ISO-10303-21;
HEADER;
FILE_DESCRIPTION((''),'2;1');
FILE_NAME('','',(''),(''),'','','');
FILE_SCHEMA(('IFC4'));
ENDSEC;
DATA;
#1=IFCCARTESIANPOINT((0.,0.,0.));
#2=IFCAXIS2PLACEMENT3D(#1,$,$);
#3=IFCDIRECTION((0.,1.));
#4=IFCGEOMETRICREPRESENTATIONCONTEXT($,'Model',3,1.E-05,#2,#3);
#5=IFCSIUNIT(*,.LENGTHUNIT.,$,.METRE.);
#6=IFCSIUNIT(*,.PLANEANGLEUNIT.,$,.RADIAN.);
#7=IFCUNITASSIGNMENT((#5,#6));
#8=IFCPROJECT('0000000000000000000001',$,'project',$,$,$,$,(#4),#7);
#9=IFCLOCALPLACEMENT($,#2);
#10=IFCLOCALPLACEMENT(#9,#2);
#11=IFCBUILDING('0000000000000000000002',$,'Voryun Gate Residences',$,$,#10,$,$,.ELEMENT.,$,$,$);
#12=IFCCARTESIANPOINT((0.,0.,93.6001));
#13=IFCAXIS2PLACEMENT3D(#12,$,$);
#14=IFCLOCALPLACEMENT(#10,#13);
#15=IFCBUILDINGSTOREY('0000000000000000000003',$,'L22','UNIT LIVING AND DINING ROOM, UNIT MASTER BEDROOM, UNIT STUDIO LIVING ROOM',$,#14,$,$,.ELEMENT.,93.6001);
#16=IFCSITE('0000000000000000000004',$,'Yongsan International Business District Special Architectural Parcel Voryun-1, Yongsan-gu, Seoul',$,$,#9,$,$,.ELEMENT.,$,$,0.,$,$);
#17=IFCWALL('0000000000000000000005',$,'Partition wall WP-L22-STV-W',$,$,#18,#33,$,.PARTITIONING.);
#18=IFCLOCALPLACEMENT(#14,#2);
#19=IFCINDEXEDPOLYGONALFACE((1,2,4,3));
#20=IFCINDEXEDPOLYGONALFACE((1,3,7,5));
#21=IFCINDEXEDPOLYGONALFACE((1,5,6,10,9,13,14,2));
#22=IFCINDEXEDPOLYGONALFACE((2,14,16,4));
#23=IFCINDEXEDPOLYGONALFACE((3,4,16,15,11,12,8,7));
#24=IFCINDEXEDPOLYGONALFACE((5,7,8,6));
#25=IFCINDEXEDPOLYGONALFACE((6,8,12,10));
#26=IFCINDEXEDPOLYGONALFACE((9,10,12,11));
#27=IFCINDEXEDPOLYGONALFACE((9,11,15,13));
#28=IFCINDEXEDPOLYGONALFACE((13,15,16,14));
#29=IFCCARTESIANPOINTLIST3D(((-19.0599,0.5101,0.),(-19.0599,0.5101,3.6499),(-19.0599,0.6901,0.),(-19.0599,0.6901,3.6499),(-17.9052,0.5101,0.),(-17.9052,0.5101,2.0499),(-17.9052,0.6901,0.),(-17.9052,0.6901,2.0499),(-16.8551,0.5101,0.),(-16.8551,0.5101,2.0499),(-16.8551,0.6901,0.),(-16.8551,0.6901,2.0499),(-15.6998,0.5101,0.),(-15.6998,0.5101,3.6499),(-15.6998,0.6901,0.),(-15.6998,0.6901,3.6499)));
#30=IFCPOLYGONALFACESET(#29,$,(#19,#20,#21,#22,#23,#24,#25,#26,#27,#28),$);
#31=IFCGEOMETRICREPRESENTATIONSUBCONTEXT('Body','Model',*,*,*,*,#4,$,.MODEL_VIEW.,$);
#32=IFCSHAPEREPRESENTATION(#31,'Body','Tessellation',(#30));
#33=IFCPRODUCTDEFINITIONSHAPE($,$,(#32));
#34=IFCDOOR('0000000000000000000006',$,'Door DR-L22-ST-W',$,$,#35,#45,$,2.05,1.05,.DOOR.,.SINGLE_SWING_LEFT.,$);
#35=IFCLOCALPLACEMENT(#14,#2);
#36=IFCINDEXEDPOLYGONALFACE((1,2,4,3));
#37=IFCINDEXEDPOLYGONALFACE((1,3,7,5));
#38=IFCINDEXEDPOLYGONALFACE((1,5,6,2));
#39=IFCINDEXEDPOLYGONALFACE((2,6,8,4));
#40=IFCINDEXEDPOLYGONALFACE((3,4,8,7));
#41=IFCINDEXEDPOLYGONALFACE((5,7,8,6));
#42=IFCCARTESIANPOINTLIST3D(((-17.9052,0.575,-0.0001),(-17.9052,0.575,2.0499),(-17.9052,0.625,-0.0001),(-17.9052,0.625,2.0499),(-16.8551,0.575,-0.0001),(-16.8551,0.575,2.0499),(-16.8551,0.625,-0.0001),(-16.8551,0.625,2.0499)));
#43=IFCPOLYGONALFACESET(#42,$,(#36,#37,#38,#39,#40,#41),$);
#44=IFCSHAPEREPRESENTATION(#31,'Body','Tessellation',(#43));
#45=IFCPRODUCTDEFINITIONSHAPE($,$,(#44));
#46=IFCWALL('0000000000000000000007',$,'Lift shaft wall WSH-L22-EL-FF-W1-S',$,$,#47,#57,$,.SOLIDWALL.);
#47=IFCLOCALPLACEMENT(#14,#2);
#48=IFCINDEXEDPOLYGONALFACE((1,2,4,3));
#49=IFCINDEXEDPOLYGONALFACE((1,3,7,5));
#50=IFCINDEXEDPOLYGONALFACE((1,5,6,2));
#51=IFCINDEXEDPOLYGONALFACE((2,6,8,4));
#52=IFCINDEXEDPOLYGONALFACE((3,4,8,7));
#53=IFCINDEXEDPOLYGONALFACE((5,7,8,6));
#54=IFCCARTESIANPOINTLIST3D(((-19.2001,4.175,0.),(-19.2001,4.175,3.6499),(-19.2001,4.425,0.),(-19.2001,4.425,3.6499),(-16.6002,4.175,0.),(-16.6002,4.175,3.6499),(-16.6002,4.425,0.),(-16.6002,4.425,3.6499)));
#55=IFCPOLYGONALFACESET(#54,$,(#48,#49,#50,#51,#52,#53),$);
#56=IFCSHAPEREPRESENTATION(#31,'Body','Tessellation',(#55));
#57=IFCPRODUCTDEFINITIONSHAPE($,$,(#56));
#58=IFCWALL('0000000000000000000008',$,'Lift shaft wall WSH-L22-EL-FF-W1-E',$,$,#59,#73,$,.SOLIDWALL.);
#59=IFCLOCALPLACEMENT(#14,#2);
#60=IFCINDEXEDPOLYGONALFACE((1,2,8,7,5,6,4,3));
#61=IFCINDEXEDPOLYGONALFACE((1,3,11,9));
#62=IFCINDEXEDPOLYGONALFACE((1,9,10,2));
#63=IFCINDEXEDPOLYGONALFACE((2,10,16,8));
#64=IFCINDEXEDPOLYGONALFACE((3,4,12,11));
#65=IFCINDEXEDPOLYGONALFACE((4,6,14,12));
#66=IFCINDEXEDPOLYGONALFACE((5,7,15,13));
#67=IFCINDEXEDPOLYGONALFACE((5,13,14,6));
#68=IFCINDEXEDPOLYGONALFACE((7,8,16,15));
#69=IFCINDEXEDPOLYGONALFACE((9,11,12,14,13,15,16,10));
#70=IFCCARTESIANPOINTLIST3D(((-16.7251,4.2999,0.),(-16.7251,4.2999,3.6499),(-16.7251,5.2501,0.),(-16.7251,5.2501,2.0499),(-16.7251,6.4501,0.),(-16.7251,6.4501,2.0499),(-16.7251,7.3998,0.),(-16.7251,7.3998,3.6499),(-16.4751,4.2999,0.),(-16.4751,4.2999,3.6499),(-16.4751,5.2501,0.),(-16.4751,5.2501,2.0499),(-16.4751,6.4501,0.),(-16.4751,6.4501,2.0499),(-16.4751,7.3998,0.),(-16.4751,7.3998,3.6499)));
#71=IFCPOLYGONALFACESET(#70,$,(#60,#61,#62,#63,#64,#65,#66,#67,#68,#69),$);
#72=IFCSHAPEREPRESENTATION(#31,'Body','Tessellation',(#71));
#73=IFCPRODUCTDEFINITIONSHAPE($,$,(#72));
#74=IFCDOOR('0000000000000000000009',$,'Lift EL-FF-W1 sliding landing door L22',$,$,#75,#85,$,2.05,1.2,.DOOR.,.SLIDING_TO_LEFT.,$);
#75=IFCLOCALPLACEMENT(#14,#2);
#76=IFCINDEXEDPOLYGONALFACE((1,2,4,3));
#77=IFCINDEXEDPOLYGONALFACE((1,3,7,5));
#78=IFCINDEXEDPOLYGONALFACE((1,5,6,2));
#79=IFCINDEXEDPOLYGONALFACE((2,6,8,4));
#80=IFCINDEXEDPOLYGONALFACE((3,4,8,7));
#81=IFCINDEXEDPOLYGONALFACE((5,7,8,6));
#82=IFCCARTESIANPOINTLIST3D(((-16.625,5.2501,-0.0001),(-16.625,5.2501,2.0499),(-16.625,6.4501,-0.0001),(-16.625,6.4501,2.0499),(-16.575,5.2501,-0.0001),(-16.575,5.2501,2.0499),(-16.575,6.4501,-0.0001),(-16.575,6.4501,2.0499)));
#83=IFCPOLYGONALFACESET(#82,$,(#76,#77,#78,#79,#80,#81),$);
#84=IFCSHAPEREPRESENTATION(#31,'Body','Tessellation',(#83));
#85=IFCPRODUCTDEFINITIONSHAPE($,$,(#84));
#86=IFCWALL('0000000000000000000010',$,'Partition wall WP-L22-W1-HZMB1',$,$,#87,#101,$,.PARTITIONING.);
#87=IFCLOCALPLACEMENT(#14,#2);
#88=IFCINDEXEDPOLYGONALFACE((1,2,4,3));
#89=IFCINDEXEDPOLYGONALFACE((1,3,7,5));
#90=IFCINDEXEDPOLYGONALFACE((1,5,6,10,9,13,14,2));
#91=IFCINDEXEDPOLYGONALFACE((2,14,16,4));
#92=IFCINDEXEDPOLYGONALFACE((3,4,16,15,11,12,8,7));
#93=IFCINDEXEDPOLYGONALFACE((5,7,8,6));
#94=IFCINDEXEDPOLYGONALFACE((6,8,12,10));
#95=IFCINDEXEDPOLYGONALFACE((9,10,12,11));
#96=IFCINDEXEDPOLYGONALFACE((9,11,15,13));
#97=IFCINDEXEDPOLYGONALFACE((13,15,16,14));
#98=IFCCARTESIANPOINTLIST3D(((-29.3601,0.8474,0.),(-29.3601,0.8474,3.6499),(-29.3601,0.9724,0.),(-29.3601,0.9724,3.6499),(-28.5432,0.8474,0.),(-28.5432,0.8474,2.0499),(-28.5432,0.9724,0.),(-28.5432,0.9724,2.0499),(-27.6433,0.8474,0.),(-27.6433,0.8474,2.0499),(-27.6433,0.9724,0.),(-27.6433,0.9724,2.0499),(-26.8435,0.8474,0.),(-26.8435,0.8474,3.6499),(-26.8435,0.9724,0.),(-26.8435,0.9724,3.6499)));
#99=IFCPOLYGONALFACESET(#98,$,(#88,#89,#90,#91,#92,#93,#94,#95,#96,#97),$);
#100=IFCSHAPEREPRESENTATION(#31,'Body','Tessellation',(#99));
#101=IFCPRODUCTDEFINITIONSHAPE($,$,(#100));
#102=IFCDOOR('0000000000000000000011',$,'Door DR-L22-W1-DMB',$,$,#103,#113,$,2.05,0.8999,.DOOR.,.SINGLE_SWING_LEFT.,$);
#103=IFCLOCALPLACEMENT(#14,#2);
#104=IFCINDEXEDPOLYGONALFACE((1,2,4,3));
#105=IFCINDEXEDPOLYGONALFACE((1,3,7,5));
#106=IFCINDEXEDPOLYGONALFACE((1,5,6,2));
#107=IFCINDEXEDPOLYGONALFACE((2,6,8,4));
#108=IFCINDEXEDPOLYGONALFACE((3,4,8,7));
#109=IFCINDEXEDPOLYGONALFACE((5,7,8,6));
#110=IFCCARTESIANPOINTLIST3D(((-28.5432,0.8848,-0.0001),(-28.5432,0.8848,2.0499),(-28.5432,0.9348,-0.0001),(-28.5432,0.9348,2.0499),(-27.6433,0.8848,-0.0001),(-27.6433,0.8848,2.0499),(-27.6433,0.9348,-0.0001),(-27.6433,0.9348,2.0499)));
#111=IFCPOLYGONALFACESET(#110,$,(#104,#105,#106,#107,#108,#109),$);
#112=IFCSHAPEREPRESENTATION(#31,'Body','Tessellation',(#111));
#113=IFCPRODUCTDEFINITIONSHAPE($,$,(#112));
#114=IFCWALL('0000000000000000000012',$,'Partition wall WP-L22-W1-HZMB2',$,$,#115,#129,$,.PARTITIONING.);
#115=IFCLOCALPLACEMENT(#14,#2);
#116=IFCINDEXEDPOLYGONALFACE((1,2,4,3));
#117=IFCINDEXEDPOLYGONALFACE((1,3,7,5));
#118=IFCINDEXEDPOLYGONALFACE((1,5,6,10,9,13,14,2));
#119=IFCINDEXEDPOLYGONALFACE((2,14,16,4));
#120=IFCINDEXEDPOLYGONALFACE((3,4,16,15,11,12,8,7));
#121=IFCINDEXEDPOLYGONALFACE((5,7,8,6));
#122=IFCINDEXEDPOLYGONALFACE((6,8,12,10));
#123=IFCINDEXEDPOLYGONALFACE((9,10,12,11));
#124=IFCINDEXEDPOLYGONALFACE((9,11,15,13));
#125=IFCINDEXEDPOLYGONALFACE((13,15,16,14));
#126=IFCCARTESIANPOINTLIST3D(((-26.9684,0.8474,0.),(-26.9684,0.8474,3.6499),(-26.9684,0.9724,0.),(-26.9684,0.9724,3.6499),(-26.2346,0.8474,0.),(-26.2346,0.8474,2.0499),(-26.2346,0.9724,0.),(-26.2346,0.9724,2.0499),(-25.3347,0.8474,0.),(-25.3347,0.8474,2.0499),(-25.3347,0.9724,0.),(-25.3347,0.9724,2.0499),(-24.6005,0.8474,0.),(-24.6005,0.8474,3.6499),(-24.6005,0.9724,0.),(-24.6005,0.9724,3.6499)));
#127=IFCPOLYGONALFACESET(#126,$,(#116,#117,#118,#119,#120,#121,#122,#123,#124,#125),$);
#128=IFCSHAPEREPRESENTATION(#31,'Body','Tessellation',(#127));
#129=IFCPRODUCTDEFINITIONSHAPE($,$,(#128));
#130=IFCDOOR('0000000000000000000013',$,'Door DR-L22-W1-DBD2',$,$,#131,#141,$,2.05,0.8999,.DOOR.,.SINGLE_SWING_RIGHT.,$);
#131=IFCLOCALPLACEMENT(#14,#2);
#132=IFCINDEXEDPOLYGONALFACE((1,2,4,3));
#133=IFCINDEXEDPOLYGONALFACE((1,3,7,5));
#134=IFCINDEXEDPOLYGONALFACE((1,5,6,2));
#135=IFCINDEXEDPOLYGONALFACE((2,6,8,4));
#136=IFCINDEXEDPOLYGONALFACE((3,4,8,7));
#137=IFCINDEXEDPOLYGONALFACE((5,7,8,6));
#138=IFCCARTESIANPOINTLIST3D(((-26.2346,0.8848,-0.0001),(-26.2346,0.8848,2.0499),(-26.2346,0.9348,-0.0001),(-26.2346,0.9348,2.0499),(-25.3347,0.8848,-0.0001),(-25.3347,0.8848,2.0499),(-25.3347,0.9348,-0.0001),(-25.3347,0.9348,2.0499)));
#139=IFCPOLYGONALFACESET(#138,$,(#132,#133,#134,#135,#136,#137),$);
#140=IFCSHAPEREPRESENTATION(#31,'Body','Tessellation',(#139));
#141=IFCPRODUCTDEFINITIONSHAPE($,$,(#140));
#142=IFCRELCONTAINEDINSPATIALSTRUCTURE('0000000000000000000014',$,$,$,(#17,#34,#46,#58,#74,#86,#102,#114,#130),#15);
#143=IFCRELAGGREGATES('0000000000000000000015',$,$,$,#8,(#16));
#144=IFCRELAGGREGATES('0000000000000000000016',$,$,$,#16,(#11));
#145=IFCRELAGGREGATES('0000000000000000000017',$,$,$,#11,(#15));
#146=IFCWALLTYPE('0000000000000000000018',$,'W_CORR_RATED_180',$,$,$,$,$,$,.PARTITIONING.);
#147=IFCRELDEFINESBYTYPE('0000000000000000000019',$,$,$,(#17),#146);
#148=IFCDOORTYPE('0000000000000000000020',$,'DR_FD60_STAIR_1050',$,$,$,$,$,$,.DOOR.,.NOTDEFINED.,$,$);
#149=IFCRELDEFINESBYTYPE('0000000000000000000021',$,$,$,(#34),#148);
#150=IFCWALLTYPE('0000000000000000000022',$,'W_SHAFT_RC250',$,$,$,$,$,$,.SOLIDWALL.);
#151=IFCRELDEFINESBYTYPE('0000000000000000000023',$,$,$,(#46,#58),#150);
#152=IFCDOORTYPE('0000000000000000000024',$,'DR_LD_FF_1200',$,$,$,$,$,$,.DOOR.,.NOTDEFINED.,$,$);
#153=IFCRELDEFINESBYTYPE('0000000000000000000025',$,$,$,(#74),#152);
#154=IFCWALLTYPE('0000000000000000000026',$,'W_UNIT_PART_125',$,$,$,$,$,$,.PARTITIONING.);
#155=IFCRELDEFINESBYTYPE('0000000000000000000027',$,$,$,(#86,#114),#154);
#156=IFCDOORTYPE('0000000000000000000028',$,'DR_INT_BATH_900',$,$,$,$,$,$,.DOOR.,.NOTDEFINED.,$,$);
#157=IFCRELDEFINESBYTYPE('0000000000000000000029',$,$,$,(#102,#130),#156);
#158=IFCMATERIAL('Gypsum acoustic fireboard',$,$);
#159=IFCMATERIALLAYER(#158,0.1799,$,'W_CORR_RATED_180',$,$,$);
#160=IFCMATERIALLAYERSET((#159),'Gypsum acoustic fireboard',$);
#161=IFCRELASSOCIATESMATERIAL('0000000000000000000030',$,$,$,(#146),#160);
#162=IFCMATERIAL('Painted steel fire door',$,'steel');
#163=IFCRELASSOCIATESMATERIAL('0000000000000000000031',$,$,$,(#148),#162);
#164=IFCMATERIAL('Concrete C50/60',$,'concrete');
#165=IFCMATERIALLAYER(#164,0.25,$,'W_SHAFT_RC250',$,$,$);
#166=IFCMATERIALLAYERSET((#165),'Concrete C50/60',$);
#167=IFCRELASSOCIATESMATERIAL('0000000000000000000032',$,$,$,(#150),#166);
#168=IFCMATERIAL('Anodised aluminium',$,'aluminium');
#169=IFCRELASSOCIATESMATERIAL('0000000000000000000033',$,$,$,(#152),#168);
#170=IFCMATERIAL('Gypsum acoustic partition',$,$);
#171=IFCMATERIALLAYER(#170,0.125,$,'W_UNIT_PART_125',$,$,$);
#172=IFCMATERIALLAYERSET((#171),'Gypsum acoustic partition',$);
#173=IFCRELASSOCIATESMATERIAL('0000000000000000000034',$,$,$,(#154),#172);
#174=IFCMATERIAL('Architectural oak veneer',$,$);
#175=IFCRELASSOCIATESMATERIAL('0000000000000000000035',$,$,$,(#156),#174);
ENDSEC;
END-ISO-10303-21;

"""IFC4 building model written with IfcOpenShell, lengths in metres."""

from ifc_helpers import new_model, si_unit, direction, frame, frame_2d, origin, place, context, subcontext, project, spatial, rectangle, extrude, material, layer, layer_set, type_object, element, fill, save


model = new_model("IFC4")

# Units and contexts
model_context = context("Model", 3, precision=1e-05, world=origin(), true_north=direction((0.0, 1.0)))
body_context = subcontext(model_context, "Body", "Model", "MODEL_VIEW")
ifc_project = project(units=[si_unit("LENGTHUNIT", "METRE"), si_unit("PLANEANGLEUNIT", "RADIAN")], contexts=[model_context])

# Site, building, storey
site_placement = place(None, origin())
site = spatial("IfcSite", under=ifc_project, at=site_placement, Name="Yongsan International Business District Special Architectural Parcel Voryun-1, Yongsan-gu, Seoul", CompositionType="ELEMENT", RefElevation=0.0)
building_placement = place(site_placement, origin())
building = spatial("IfcBuilding", under=site, at=building_placement, Name="Voryun Gate Residences", CompositionType="ELEMENT")
storey_placement = place(building_placement, frame((0.0, 0.0, 93.6001)))
storey = spatial("IfcBuildingStorey", under=building, at=storey_placement, Name="L22", Description="UNIT LIVING AND DINING ROOM, UNIT MASTER BEDROOM, UNIT STUDIO LIVING ROOM", CompositionType="ELEMENT", Elevation=93.6001)

# Wall, opening, door
ifc_material_1 = material(Name="Gypsum acoustic fireboard")
ifc_layer_1 = layer(ifc_material_1, 0.1799, Name="W_CORR_RATED_180")
ifc_layer_set_1 = layer_set([ifc_layer_1], Name="Gypsum acoustic fireboard")
wall_type_1 = type_object("IfcWallType", Name="W_CORR_RATED_180", PredefinedType="PARTITIONING", material=ifc_layer_set_1)
wall_1_placement = place(storey_placement, frame((-19.0601, 0.6001, 0.0), z_axis=(0.0, 0.0, 1.0), x_axis=(1.0, 0.0, 0.0)))
wall_1 = element("IfcWall", 1, at=wall_1_placement, inside=storey, type_object=wall_type_1, Name="Partition wall WP-L22-STV-W", PredefinedType="PARTITIONING", context=body_context, shape_type="SweptSolid", body=[
    extrude(rectangle(XDim=3.3601, YDim=0.1799, at=frame_2d((1.6802, 0.0))), origin(), (0.0, 0.0, 1.0), 3.6499),
])
opening_1_placement = place(wall_1_placement, frame((1.155, 0.0, 0.0)))
opening_1 = element("IfcOpeningElement", 2, at=opening_1_placement, cuts=wall_1, PredefinedType="OPENING", context=body_context, shape_type="SweptSolid", body=[
    extrude(rectangle(XDim=1.05, YDim=2.05, at=frame_2d((0.5249, 1.0249))), frame((0.0, 0.0999, 0.0), z_axis=(0.0, -1.0, 0.0), x_axis=(1.0, 0.0, 0.0)), (0.0, 0.0, 1.0), 0.2),
])
ifc_material_2 = material(Name="Painted steel fire door", Category="steel")
door_type_1 = type_object("IfcDoorType", Name="DR_FD60_STAIR_1050", OperationType="NOTDEFINED", PredefinedType="DOOR", material=ifc_material_2)
door_1_placement = place(opening_1_placement, origin())
door_1 = element("IfcDoor", 3, at=door_1_placement, inside=storey, type_object=door_type_1, Name="Door DR-L22-ST-W", OperationType="SINGLE_SWING_LEFT", OverallHeight=2.05, OverallWidth=1.05, PredefinedType="DOOR", context=body_context, shape_type="SweptSolid", body=[
    extrude(rectangle(XDim=1.05, YDim=2.05, at=frame_2d((0.5249, 1.0249))), frame((0.0, 0.0249, 0.0), z_axis=(0.0, -1.0, 0.0), x_axis=(1.0, 0.0, 0.0)), (0.0, 0.0, 1.0), 0.05),
])
fill(opening_1, door_1)

# Wall
ifc_material_3 = material(Name="Concrete C50/60", Category="concrete")
ifc_layer_2 = layer(ifc_material_3, 0.25, Name="W_SHAFT_RC250")
ifc_layer_set_2 = layer_set([ifc_layer_2], Name="Concrete C50/60")
wall_type_2 = type_object("IfcWallType", Name="W_SHAFT_RC250", PredefinedType="SOLIDWALL", material=ifc_layer_set_2)
wall_2_placement = place(storey_placement, frame((-19.2, 4.3, 0.0), z_axis=(0.0, 0.0, 1.0), x_axis=(1.0, 0.0, 0.0)))
element("IfcWall", 4, at=wall_2_placement, inside=storey, type_object=wall_type_2, Name="Lift shaft wall WSH-L22-EL-FF-W1-S", PredefinedType="SOLIDWALL", context=body_context, shape_type="SweptSolid", body=[
    extrude(rectangle(XDim=2.5999, YDim=0.25, at=frame_2d((1.2998, 0.0))), origin(), (0.0, 0.0, 1.0), 3.6499),
])

# Walls, openings, doors
wall_3_placement = place(storey_placement, frame((-16.6001, 4.3, 0.0), z_axis=(0.0, 0.0, 1.0), x_axis=(0.0, 1.0, 0.0)))
wall_3 = element("IfcWall", 5, at=wall_3_placement, inside=storey, type_object=wall_type_2, Name="Lift shaft wall WSH-L22-EL-FF-W1-E", PredefinedType="SOLIDWALL", context=body_context, shape_type="SweptSolid", body=[
    extrude(rectangle(XDim=3.0999, YDim=0.25, at=frame_2d((1.5498, 0.0))), origin(), (0.0, 0.0, 1.0), 3.6499),
])
opening_2_placement = place(wall_3_placement, frame((0.95, 0.0, 0.0)))
opening_2 = element("IfcOpeningElement", 6, at=opening_2_placement, cuts=wall_3, PredefinedType="OPENING", context=body_context, shape_type="SweptSolid", body=[
    extrude(rectangle(XDim=1.2, YDim=2.05, at=frame_2d((0.6001, 1.0249))), frame((0.0, 0.135, 0.0), z_axis=(0.0, -1.0, 0.0), x_axis=(1.0, 0.0, 0.0)), (0.0, 0.0, 1.0), 0.27),
])
ifc_material_4 = material(Name="Anodised aluminium", Category="aluminium")
door_type_2 = type_object("IfcDoorType", Name="DR_LD_FF_1200", OperationType="NOTDEFINED", PredefinedType="DOOR", material=ifc_material_4)
door_2_placement = place(opening_2_placement, origin())
door_2 = element("IfcDoor", 7, at=door_2_placement, inside=storey, type_object=door_type_2, Name="Lift EL-FF-W1 sliding landing door L22", OperationType="SLIDING_TO_LEFT", OverallHeight=2.05, OverallWidth=1.2, PredefinedType="DOOR", context=body_context, shape_type="SweptSolid", body=[
    extrude(rectangle(XDim=1.2, YDim=2.05, at=frame_2d((0.6001, 1.0249))), frame((0.0, 0.0249, 0.0), z_axis=(0.0, -1.0, 0.0), x_axis=(1.0, 0.0, 0.0)), (0.0, 0.0, 1.0), 0.05),
])
fill(opening_2, door_2)
ifc_material_5 = material(Name="Gypsum acoustic partition")
ifc_layer_3 = layer(ifc_material_5, 0.125, Name="W_UNIT_PART_125")
ifc_layer_set_3 = layer_set([ifc_layer_3], Name="Gypsum acoustic partition")
wall_type_3 = type_object("IfcWallType", Name="W_UNIT_PART_125", PredefinedType="PARTITIONING", material=ifc_layer_set_3)
wall_4_placement = place(storey_placement, frame((-29.3601, 0.9099, 0.0), z_axis=(0.0, 0.0, 1.0), x_axis=(1.0, 0.0, 0.0)))
wall_4 = element("IfcWall", 8, at=wall_4_placement, inside=storey, type_object=wall_type_3, Name="Partition wall WP-L22-W1-HZMB1", PredefinedType="PARTITIONING", context=body_context, shape_type="SweptSolid", body=[
    extrude(rectangle(XDim=2.5166, YDim=0.125, at=frame_2d((1.2583, 0.0))), origin(), (0.0, 0.0, 1.0), 3.6499),
])
opening_3_placement = place(wall_4_placement, frame((0.8169, 0.0, 0.0)))
opening_3 = element("IfcOpeningElement", 9, at=opening_3_placement, cuts=wall_4, PredefinedType="OPENING", context=body_context, shape_type="SweptSolid", body=[
    extrude(rectangle(XDim=0.8999, YDim=2.05, at=frame_2d((0.45, 1.0249))), frame((0.0, 0.0725, 0.0), z_axis=(0.0, -1.0, 0.0), x_axis=(1.0, 0.0, 0.0)), (0.0, 0.0, 1.0), 0.145),
])
ifc_material_6 = material(Name="Architectural oak veneer")
door_type_3 = type_object("IfcDoorType", Name="DR_INT_BATH_900", OperationType="NOTDEFINED", PredefinedType="DOOR", material=ifc_material_6)
door_3_placement = place(opening_3_placement, origin())
door_3 = element("IfcDoor", 10, at=door_3_placement, inside=storey, type_object=door_type_3, Name="Door DR-L22-W1-DMB", OperationType="SINGLE_SWING_LEFT", OverallHeight=2.05, OverallWidth=0.8999, PredefinedType="DOOR", context=body_context, shape_type="SweptSolid", body=[
    extrude(rectangle(XDim=0.8999, YDim=2.05, at=frame_2d((0.45, 1.0249))), frame((0.0, 0.0249, 0.0), z_axis=(0.0, -1.0, 0.0), x_axis=(1.0, 0.0, 0.0)), (0.0, 0.0, 1.0), 0.05),
])
fill(opening_3, door_3)
wall_5_placement = place(storey_placement, frame((-26.9685, 0.9099, 0.0), z_axis=(0.0, 0.0, 1.0), x_axis=(1.0, 0.0, 0.0)))
wall_5 = element("IfcWall", 11, at=wall_5_placement, inside=storey, type_object=wall_type_3, Name="Partition wall WP-L22-W1-HZMB2", PredefinedType="PARTITIONING", context=body_context, shape_type="SweptSolid", body=[
    extrude(rectangle(XDim=2.3679, YDim=0.125, at=frame_2d((1.1841, 0.0))), origin(), (0.0, 0.0, 1.0), 3.6499),
])
opening_4_placement = place(wall_5_placement, frame((0.7339, 0.0, 0.0)))
opening_4 = element("IfcOpeningElement", 12, at=opening_4_placement, cuts=wall_5, PredefinedType="OPENING", context=body_context, shape_type="SweptSolid", body=[
    extrude(rectangle(XDim=0.8999, YDim=2.05, at=frame_2d((0.45, 1.0249))), frame((0.0, 0.0725, 0.0), z_axis=(0.0, -1.0, 0.0), x_axis=(1.0, 0.0, 0.0)), (0.0, 0.0, 1.0), 0.145),
])
door_4_placement = place(opening_4_placement, origin())
door_4 = element("IfcDoor", 13, at=door_4_placement, inside=storey, type_object=door_type_3, Name="Door DR-L22-W1-DBD2", OperationType="SINGLE_SWING_RIGHT", OverallHeight=2.05, OverallWidth=0.8999, PredefinedType="DOOR", context=body_context, shape_type="SweptSolid", body=[
    extrude(rectangle(XDim=0.8999, YDim=2.05, at=frame_2d((0.45, 1.0249))), frame((0.0, 0.0249, 0.0), z_axis=(0.0, -1.0, 0.0), x_axis=(1.0, 0.0, 0.0)), (0.0, 0.0, 1.0), 0.05),
])
fill(opening_4, door_4)

save(model, "model.ifc")
